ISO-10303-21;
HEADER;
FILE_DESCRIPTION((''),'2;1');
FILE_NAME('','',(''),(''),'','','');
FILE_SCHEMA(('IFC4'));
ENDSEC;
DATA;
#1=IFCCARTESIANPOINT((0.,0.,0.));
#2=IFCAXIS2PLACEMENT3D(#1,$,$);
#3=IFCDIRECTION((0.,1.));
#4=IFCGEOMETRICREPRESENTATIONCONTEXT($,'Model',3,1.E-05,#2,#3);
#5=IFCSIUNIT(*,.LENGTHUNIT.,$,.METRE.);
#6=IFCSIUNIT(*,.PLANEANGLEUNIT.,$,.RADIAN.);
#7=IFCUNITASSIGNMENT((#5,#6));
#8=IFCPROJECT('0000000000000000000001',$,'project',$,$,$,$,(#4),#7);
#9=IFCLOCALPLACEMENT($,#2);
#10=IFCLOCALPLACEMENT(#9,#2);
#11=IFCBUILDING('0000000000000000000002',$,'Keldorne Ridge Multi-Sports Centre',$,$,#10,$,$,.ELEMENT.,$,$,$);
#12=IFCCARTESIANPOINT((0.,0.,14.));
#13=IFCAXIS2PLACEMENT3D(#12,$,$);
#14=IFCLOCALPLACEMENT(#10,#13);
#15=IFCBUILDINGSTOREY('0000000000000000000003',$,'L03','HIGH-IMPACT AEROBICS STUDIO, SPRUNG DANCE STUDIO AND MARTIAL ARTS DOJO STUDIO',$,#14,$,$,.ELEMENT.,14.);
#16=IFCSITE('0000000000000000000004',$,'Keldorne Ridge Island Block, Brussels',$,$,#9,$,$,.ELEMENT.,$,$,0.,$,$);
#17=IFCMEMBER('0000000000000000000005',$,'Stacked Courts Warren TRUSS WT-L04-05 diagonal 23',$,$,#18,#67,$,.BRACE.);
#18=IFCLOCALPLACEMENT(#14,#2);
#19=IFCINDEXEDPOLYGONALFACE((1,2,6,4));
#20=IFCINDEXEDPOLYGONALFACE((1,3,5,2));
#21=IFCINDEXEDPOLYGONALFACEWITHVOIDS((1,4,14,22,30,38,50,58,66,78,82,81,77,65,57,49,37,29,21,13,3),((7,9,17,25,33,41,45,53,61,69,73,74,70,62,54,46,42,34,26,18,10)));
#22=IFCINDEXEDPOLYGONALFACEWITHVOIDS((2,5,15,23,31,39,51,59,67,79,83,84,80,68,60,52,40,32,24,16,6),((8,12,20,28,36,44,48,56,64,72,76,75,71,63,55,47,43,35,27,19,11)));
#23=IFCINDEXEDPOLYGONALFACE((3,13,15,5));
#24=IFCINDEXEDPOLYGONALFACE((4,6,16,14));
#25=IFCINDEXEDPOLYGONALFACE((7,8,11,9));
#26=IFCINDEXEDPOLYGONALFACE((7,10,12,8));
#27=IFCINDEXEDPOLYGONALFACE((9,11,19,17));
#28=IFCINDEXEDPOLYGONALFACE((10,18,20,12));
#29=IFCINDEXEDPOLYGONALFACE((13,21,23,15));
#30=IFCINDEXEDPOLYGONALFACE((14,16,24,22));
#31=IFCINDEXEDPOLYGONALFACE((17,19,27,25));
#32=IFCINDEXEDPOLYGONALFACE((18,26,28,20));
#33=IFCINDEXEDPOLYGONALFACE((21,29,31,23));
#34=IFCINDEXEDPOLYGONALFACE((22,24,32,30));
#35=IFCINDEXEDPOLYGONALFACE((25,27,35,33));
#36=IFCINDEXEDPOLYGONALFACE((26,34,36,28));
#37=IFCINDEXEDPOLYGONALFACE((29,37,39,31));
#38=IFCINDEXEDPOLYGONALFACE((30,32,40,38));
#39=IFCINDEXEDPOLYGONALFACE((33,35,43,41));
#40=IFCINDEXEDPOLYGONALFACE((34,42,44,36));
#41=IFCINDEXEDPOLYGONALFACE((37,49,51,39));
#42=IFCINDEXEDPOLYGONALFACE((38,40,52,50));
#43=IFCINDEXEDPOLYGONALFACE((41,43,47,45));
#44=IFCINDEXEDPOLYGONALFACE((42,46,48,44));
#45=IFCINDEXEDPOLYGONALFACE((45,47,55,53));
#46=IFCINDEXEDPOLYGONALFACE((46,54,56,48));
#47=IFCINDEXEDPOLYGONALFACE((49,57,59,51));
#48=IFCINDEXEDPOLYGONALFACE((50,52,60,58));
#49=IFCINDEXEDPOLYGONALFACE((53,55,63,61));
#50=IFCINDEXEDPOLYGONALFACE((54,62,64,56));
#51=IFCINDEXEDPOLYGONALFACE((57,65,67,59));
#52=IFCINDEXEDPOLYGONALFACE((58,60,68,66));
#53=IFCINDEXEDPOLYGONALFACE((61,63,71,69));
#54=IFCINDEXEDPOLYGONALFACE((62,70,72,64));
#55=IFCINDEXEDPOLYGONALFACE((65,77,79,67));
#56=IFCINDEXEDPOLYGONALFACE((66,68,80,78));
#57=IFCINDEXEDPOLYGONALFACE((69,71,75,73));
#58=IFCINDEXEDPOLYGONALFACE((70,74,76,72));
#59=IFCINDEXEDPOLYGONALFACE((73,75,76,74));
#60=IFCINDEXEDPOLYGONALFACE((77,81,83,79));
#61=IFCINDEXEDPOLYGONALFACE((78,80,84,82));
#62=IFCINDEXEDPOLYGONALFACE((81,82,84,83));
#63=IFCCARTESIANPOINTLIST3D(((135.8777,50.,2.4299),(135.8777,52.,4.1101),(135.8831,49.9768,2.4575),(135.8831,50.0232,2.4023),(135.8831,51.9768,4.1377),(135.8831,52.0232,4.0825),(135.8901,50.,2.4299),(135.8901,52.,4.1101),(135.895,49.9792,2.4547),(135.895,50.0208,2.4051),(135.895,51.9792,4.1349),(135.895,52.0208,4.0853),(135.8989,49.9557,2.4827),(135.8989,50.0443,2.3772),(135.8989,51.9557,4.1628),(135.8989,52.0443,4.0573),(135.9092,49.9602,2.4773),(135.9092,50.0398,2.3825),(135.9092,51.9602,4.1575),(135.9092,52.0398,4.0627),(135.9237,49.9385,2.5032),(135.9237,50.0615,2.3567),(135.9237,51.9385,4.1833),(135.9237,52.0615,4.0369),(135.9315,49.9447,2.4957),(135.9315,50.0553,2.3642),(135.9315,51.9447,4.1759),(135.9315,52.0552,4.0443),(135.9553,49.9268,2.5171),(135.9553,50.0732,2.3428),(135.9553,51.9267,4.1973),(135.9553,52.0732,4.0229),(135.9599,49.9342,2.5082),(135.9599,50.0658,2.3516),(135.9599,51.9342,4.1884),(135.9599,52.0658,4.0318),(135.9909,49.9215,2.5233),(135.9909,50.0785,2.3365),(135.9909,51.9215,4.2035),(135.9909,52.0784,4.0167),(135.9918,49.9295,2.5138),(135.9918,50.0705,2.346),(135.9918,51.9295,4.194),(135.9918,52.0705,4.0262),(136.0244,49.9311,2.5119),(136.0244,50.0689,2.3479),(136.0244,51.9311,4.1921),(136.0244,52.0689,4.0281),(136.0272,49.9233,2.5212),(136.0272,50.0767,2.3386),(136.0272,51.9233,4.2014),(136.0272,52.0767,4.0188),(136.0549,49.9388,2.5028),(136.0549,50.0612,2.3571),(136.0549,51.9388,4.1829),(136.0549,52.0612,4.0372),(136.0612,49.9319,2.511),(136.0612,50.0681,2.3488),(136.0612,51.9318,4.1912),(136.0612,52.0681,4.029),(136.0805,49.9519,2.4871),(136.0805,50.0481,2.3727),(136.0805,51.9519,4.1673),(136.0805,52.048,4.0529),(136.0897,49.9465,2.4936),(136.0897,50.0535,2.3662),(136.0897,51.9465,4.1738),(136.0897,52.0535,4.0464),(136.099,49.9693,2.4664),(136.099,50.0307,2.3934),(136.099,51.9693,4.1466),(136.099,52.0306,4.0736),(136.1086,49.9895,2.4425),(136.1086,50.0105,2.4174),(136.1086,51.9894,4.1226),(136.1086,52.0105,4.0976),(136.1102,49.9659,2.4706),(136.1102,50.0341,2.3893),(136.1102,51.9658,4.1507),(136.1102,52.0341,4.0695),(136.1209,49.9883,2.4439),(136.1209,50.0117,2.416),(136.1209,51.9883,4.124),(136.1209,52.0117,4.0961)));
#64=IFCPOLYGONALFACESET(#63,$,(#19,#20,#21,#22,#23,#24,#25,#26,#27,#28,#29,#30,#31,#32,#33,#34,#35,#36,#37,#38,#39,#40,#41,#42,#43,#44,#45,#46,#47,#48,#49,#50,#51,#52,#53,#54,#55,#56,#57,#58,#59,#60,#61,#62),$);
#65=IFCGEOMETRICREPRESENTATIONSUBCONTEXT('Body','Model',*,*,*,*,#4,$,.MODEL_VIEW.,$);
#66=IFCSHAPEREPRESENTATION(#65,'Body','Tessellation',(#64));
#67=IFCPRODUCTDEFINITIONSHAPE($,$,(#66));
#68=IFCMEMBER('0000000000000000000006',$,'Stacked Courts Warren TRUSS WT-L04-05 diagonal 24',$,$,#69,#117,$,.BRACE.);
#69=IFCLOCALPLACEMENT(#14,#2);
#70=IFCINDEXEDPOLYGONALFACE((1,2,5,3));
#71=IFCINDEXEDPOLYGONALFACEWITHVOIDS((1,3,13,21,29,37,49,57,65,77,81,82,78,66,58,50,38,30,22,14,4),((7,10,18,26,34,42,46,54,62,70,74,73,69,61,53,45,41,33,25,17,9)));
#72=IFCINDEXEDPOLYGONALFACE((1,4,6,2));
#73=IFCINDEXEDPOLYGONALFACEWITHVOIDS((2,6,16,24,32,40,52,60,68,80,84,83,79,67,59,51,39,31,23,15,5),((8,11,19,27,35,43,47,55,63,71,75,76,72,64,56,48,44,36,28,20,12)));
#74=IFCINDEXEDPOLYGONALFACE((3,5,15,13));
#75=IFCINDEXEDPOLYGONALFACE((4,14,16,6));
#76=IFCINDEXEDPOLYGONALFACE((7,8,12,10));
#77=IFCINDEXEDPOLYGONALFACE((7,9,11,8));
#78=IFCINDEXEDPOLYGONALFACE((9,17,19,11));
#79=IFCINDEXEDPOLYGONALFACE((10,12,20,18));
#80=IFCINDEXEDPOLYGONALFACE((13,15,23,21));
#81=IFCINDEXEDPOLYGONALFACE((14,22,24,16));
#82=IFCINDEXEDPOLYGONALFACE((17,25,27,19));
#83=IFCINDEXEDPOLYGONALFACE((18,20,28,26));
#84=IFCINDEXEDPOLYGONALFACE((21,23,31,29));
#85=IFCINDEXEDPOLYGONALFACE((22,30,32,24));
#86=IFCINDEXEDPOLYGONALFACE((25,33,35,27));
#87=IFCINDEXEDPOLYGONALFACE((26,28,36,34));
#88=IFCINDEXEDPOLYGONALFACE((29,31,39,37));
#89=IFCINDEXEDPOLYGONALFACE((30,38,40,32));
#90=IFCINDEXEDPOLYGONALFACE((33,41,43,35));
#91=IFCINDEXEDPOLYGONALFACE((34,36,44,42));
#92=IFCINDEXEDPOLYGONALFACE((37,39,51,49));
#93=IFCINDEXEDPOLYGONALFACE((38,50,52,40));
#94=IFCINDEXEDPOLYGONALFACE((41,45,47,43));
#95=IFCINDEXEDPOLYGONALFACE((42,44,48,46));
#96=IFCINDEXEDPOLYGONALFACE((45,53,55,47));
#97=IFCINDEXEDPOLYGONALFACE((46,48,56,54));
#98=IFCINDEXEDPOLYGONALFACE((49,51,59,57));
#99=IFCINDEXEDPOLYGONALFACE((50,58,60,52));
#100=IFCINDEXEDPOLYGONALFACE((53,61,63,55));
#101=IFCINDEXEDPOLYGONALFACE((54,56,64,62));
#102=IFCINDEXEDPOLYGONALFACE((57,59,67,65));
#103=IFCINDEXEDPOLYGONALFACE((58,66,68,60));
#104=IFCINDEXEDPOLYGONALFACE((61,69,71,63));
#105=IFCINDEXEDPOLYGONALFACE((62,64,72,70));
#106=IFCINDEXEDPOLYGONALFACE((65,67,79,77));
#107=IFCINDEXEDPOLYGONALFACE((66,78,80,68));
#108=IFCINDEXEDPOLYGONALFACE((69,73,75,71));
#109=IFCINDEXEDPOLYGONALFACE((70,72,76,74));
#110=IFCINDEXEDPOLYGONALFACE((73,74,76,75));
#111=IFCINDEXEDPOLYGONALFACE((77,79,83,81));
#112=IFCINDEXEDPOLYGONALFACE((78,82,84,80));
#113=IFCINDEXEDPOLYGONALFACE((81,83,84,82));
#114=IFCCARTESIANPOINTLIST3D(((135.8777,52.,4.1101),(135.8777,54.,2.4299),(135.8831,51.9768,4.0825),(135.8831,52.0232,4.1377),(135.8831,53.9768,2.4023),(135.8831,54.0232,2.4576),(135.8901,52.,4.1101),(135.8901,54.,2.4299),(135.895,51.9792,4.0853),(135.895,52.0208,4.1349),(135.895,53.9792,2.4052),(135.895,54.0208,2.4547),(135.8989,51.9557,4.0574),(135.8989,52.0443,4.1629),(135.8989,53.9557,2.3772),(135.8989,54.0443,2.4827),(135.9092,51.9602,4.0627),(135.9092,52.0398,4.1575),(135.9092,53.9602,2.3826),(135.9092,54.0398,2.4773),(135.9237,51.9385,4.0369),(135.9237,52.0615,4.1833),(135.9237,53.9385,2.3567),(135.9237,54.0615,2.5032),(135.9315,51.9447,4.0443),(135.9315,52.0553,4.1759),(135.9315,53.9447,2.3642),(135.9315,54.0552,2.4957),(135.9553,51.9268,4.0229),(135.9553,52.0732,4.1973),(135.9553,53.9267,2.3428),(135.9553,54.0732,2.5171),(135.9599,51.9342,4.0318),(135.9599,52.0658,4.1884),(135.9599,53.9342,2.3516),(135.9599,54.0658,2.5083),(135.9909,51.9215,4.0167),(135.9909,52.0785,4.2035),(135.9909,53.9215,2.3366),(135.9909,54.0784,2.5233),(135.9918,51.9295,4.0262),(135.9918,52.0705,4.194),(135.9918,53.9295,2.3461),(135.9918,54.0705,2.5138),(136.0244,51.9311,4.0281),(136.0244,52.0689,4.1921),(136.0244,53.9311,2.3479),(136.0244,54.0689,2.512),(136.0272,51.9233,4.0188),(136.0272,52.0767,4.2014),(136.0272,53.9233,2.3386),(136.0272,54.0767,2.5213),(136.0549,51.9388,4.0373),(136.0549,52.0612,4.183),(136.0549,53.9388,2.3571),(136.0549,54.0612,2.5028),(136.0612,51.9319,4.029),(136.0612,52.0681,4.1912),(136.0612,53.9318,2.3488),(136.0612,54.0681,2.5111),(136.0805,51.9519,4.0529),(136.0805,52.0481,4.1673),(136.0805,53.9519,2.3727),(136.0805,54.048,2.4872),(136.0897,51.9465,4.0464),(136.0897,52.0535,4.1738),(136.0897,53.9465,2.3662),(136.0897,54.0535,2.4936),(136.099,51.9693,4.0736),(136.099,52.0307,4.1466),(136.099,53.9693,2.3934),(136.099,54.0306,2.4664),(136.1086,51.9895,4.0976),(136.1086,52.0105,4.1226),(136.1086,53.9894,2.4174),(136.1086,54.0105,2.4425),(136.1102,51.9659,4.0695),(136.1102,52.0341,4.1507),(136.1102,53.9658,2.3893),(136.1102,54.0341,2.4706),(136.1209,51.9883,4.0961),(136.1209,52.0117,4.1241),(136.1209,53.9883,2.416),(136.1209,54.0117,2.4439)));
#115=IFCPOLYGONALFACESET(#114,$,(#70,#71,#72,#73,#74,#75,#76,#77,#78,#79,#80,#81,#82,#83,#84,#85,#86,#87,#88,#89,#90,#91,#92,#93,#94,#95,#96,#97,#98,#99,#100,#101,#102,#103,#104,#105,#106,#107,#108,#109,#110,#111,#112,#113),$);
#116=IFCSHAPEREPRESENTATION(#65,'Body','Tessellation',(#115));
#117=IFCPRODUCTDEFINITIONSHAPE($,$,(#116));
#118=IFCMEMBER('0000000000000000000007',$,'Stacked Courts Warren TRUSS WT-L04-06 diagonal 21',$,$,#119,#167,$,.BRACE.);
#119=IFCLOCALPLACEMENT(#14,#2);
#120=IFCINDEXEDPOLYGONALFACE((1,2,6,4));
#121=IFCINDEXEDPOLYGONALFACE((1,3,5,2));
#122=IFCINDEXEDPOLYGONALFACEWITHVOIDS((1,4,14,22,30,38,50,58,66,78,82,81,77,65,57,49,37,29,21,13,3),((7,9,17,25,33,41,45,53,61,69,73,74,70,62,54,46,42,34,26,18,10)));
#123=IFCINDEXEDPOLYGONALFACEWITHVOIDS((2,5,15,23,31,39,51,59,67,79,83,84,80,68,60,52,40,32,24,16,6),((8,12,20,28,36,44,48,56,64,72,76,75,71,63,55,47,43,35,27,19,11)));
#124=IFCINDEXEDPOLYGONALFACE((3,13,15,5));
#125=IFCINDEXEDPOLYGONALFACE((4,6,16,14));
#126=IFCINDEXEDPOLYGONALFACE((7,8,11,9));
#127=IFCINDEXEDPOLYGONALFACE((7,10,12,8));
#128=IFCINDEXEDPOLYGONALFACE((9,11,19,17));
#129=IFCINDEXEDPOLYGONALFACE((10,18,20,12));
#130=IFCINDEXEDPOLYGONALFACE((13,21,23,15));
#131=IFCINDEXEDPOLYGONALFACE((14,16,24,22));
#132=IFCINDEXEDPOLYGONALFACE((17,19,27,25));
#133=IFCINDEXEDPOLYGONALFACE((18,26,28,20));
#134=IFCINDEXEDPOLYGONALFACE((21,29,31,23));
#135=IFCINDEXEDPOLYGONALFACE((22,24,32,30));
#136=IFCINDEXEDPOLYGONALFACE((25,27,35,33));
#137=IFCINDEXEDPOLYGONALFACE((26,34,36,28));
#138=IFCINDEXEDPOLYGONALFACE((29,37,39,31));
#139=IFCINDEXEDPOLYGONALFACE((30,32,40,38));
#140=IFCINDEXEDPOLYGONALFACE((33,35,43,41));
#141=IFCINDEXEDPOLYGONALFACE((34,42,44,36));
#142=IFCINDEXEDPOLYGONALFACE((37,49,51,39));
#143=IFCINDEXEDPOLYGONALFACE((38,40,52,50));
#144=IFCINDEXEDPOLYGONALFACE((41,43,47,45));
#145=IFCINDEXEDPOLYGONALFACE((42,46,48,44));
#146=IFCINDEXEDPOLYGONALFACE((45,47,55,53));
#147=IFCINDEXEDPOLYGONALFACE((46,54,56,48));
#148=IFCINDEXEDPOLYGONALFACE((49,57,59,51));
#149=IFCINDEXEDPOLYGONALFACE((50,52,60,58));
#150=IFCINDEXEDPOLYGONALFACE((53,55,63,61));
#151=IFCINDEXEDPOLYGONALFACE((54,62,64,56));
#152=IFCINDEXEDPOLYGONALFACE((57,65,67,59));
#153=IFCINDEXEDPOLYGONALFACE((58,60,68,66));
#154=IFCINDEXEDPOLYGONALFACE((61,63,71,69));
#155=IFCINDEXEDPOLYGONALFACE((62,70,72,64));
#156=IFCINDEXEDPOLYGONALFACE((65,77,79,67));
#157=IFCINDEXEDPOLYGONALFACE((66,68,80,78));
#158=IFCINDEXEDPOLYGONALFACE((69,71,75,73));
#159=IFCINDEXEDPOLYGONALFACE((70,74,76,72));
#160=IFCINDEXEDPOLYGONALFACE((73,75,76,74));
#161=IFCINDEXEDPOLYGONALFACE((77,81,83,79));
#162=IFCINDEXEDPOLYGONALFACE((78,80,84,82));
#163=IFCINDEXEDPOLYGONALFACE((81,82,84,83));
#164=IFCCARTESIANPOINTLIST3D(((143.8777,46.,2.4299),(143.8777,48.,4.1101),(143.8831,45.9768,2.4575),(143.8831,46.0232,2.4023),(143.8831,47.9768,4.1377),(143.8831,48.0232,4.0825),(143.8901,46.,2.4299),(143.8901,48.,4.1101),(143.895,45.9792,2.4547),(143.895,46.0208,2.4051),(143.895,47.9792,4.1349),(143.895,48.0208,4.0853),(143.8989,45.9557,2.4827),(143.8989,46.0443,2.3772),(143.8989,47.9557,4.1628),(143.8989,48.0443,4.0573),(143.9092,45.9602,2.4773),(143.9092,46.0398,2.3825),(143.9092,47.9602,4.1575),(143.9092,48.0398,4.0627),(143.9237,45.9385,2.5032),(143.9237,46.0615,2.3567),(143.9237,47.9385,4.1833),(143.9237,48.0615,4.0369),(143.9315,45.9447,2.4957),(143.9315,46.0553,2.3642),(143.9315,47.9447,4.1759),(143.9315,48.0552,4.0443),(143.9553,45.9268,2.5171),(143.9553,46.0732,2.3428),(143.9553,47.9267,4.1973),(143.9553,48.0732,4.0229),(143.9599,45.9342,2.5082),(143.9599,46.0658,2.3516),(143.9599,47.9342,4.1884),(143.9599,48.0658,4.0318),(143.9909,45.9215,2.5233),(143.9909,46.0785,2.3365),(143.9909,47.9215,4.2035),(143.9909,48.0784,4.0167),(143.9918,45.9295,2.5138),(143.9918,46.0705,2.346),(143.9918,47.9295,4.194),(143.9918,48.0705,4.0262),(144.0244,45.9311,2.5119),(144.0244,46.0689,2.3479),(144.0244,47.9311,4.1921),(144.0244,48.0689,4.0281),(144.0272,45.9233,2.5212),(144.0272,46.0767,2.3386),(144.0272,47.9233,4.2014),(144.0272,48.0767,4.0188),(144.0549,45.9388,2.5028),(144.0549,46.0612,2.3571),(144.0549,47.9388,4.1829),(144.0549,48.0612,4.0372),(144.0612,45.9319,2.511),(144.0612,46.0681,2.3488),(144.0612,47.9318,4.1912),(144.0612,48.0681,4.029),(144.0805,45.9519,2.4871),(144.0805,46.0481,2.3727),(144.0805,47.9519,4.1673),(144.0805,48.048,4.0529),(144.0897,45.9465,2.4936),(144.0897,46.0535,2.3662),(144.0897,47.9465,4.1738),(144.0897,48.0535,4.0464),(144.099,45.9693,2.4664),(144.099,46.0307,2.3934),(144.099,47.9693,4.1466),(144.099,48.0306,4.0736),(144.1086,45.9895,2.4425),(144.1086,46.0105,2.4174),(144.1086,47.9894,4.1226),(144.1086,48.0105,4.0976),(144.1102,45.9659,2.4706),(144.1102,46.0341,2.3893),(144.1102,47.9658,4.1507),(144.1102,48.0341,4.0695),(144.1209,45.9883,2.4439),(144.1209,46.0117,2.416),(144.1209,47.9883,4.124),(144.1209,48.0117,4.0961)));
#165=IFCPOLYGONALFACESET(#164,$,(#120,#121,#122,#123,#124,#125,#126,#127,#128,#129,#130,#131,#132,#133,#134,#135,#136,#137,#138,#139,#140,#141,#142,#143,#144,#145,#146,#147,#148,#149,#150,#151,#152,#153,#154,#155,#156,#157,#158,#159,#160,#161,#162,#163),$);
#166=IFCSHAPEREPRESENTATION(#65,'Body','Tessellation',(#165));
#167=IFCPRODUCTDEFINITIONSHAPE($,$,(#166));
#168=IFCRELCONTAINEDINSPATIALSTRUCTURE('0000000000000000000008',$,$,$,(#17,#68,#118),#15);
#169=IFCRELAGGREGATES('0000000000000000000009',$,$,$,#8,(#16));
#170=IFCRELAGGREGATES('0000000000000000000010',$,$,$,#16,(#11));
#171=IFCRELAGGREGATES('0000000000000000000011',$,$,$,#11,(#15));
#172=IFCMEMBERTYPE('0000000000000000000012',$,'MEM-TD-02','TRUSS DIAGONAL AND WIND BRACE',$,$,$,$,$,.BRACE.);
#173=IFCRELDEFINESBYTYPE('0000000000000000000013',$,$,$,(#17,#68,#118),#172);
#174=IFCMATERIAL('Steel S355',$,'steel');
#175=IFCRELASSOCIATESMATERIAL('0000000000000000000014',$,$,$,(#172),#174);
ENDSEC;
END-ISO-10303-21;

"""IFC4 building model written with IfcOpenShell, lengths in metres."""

from ifc_helpers import new_model, si_unit, direction, frame, origin, origin_2d, place, context, subcontext, project, spatial, hollow_circle, extrude, material, material_profile, profile_set, type_object, element, save


model = new_model("IFC4")

# Units and contexts
model_context = context("Model", 3, precision=1e-05, world=origin(), true_north=direction((0.0, 1.0)))
body_context = subcontext(model_context, "Body", "Model", "MODEL_VIEW")
ifc_project = project(units=[si_unit("LENGTHUNIT", "METRE"), si_unit("PLANEANGLEUNIT", "RADIAN")], contexts=[model_context])

# Site, building, storey
site_placement = place(None, origin())
site = spatial("IfcSite", under=ifc_project, at=site_placement, Name="Keldorne Ridge Island Block, Brussels", CompositionType="ELEMENT", RefElevation=0.0)
building_placement = place(site_placement, origin())
building = spatial("IfcBuilding", under=site, at=building_placement, Name="Keldorne Ridge Multi-Sports Centre", CompositionType="ELEMENT")
storey_placement = place(building_placement, frame((0.0, 0.0, 14.0)))
storey = spatial("IfcBuildingStorey", under=building, at=storey_placement, Name="L03", Description="HIGH-IMPACT AEROBICS STUDIO, SPRUNG DANCE STUDIO AND MARTIAL ARTS DOJO STUDIO", CompositionType="ELEMENT", Elevation=14.0)

# Shared definitions
ifc_material_1 = material(Name="Steel S355", Category="steel")

# Members
ifc_material_profile_1 = material_profile(ifc_material_1, hollow_circle(Radius=0.1223, WallThickness=0.0125, at=origin_2d()), Name="CHS 244.5x12.5")
ifc_profile_set_1 = profile_set([ifc_material_profile_1], Name="Steel S355")
member_type_1 = type_object("IfcMemberType", Name="MEM-TD-02", Description="TRUSS DIAGONAL AND WIND BRACE", PredefinedType="BRACE", material=ifc_profile_set_1)
for number, where, z_axis, x_axis, name in (
    (1, (136.0, 50.0, 2.4299), (0.0, 0.765672, 0.643232), (-1.0, 0.0, 0.0), "Stacked Courts Warren TRUSS WT-L04-05 diagonal 23"),
    (2, (136.0, 52.0, 4.1101), (0.0, 0.765672, -0.643232), (-1.0, 0.0, 0.0), "Stacked Courts Warren TRUSS WT-L04-05 diagonal 24"),
    (3, (144.0, 46.0, 2.4299), (0.0, 0.765672, 0.643232), (-1.0, 0.0, 0.0), "Stacked Courts Warren TRUSS WT-L04-06 diagonal 21"),
):
    element("IfcMember", number, at=place(storey_placement, frame(where, z_axis=z_axis, x_axis=x_axis)), inside=storey, type_object=member_type_1, Name=name, PredefinedType="BRACE", context=body_context, shape_type="SweptSolid", body=[
        extrude(hollow_circle(Radius=0.1223, WallThickness=0.0125, at=origin_2d()), origin(), (0.0, 0.0, 1.0), 2.6121),
    ])

save(model, "model.ifc")
